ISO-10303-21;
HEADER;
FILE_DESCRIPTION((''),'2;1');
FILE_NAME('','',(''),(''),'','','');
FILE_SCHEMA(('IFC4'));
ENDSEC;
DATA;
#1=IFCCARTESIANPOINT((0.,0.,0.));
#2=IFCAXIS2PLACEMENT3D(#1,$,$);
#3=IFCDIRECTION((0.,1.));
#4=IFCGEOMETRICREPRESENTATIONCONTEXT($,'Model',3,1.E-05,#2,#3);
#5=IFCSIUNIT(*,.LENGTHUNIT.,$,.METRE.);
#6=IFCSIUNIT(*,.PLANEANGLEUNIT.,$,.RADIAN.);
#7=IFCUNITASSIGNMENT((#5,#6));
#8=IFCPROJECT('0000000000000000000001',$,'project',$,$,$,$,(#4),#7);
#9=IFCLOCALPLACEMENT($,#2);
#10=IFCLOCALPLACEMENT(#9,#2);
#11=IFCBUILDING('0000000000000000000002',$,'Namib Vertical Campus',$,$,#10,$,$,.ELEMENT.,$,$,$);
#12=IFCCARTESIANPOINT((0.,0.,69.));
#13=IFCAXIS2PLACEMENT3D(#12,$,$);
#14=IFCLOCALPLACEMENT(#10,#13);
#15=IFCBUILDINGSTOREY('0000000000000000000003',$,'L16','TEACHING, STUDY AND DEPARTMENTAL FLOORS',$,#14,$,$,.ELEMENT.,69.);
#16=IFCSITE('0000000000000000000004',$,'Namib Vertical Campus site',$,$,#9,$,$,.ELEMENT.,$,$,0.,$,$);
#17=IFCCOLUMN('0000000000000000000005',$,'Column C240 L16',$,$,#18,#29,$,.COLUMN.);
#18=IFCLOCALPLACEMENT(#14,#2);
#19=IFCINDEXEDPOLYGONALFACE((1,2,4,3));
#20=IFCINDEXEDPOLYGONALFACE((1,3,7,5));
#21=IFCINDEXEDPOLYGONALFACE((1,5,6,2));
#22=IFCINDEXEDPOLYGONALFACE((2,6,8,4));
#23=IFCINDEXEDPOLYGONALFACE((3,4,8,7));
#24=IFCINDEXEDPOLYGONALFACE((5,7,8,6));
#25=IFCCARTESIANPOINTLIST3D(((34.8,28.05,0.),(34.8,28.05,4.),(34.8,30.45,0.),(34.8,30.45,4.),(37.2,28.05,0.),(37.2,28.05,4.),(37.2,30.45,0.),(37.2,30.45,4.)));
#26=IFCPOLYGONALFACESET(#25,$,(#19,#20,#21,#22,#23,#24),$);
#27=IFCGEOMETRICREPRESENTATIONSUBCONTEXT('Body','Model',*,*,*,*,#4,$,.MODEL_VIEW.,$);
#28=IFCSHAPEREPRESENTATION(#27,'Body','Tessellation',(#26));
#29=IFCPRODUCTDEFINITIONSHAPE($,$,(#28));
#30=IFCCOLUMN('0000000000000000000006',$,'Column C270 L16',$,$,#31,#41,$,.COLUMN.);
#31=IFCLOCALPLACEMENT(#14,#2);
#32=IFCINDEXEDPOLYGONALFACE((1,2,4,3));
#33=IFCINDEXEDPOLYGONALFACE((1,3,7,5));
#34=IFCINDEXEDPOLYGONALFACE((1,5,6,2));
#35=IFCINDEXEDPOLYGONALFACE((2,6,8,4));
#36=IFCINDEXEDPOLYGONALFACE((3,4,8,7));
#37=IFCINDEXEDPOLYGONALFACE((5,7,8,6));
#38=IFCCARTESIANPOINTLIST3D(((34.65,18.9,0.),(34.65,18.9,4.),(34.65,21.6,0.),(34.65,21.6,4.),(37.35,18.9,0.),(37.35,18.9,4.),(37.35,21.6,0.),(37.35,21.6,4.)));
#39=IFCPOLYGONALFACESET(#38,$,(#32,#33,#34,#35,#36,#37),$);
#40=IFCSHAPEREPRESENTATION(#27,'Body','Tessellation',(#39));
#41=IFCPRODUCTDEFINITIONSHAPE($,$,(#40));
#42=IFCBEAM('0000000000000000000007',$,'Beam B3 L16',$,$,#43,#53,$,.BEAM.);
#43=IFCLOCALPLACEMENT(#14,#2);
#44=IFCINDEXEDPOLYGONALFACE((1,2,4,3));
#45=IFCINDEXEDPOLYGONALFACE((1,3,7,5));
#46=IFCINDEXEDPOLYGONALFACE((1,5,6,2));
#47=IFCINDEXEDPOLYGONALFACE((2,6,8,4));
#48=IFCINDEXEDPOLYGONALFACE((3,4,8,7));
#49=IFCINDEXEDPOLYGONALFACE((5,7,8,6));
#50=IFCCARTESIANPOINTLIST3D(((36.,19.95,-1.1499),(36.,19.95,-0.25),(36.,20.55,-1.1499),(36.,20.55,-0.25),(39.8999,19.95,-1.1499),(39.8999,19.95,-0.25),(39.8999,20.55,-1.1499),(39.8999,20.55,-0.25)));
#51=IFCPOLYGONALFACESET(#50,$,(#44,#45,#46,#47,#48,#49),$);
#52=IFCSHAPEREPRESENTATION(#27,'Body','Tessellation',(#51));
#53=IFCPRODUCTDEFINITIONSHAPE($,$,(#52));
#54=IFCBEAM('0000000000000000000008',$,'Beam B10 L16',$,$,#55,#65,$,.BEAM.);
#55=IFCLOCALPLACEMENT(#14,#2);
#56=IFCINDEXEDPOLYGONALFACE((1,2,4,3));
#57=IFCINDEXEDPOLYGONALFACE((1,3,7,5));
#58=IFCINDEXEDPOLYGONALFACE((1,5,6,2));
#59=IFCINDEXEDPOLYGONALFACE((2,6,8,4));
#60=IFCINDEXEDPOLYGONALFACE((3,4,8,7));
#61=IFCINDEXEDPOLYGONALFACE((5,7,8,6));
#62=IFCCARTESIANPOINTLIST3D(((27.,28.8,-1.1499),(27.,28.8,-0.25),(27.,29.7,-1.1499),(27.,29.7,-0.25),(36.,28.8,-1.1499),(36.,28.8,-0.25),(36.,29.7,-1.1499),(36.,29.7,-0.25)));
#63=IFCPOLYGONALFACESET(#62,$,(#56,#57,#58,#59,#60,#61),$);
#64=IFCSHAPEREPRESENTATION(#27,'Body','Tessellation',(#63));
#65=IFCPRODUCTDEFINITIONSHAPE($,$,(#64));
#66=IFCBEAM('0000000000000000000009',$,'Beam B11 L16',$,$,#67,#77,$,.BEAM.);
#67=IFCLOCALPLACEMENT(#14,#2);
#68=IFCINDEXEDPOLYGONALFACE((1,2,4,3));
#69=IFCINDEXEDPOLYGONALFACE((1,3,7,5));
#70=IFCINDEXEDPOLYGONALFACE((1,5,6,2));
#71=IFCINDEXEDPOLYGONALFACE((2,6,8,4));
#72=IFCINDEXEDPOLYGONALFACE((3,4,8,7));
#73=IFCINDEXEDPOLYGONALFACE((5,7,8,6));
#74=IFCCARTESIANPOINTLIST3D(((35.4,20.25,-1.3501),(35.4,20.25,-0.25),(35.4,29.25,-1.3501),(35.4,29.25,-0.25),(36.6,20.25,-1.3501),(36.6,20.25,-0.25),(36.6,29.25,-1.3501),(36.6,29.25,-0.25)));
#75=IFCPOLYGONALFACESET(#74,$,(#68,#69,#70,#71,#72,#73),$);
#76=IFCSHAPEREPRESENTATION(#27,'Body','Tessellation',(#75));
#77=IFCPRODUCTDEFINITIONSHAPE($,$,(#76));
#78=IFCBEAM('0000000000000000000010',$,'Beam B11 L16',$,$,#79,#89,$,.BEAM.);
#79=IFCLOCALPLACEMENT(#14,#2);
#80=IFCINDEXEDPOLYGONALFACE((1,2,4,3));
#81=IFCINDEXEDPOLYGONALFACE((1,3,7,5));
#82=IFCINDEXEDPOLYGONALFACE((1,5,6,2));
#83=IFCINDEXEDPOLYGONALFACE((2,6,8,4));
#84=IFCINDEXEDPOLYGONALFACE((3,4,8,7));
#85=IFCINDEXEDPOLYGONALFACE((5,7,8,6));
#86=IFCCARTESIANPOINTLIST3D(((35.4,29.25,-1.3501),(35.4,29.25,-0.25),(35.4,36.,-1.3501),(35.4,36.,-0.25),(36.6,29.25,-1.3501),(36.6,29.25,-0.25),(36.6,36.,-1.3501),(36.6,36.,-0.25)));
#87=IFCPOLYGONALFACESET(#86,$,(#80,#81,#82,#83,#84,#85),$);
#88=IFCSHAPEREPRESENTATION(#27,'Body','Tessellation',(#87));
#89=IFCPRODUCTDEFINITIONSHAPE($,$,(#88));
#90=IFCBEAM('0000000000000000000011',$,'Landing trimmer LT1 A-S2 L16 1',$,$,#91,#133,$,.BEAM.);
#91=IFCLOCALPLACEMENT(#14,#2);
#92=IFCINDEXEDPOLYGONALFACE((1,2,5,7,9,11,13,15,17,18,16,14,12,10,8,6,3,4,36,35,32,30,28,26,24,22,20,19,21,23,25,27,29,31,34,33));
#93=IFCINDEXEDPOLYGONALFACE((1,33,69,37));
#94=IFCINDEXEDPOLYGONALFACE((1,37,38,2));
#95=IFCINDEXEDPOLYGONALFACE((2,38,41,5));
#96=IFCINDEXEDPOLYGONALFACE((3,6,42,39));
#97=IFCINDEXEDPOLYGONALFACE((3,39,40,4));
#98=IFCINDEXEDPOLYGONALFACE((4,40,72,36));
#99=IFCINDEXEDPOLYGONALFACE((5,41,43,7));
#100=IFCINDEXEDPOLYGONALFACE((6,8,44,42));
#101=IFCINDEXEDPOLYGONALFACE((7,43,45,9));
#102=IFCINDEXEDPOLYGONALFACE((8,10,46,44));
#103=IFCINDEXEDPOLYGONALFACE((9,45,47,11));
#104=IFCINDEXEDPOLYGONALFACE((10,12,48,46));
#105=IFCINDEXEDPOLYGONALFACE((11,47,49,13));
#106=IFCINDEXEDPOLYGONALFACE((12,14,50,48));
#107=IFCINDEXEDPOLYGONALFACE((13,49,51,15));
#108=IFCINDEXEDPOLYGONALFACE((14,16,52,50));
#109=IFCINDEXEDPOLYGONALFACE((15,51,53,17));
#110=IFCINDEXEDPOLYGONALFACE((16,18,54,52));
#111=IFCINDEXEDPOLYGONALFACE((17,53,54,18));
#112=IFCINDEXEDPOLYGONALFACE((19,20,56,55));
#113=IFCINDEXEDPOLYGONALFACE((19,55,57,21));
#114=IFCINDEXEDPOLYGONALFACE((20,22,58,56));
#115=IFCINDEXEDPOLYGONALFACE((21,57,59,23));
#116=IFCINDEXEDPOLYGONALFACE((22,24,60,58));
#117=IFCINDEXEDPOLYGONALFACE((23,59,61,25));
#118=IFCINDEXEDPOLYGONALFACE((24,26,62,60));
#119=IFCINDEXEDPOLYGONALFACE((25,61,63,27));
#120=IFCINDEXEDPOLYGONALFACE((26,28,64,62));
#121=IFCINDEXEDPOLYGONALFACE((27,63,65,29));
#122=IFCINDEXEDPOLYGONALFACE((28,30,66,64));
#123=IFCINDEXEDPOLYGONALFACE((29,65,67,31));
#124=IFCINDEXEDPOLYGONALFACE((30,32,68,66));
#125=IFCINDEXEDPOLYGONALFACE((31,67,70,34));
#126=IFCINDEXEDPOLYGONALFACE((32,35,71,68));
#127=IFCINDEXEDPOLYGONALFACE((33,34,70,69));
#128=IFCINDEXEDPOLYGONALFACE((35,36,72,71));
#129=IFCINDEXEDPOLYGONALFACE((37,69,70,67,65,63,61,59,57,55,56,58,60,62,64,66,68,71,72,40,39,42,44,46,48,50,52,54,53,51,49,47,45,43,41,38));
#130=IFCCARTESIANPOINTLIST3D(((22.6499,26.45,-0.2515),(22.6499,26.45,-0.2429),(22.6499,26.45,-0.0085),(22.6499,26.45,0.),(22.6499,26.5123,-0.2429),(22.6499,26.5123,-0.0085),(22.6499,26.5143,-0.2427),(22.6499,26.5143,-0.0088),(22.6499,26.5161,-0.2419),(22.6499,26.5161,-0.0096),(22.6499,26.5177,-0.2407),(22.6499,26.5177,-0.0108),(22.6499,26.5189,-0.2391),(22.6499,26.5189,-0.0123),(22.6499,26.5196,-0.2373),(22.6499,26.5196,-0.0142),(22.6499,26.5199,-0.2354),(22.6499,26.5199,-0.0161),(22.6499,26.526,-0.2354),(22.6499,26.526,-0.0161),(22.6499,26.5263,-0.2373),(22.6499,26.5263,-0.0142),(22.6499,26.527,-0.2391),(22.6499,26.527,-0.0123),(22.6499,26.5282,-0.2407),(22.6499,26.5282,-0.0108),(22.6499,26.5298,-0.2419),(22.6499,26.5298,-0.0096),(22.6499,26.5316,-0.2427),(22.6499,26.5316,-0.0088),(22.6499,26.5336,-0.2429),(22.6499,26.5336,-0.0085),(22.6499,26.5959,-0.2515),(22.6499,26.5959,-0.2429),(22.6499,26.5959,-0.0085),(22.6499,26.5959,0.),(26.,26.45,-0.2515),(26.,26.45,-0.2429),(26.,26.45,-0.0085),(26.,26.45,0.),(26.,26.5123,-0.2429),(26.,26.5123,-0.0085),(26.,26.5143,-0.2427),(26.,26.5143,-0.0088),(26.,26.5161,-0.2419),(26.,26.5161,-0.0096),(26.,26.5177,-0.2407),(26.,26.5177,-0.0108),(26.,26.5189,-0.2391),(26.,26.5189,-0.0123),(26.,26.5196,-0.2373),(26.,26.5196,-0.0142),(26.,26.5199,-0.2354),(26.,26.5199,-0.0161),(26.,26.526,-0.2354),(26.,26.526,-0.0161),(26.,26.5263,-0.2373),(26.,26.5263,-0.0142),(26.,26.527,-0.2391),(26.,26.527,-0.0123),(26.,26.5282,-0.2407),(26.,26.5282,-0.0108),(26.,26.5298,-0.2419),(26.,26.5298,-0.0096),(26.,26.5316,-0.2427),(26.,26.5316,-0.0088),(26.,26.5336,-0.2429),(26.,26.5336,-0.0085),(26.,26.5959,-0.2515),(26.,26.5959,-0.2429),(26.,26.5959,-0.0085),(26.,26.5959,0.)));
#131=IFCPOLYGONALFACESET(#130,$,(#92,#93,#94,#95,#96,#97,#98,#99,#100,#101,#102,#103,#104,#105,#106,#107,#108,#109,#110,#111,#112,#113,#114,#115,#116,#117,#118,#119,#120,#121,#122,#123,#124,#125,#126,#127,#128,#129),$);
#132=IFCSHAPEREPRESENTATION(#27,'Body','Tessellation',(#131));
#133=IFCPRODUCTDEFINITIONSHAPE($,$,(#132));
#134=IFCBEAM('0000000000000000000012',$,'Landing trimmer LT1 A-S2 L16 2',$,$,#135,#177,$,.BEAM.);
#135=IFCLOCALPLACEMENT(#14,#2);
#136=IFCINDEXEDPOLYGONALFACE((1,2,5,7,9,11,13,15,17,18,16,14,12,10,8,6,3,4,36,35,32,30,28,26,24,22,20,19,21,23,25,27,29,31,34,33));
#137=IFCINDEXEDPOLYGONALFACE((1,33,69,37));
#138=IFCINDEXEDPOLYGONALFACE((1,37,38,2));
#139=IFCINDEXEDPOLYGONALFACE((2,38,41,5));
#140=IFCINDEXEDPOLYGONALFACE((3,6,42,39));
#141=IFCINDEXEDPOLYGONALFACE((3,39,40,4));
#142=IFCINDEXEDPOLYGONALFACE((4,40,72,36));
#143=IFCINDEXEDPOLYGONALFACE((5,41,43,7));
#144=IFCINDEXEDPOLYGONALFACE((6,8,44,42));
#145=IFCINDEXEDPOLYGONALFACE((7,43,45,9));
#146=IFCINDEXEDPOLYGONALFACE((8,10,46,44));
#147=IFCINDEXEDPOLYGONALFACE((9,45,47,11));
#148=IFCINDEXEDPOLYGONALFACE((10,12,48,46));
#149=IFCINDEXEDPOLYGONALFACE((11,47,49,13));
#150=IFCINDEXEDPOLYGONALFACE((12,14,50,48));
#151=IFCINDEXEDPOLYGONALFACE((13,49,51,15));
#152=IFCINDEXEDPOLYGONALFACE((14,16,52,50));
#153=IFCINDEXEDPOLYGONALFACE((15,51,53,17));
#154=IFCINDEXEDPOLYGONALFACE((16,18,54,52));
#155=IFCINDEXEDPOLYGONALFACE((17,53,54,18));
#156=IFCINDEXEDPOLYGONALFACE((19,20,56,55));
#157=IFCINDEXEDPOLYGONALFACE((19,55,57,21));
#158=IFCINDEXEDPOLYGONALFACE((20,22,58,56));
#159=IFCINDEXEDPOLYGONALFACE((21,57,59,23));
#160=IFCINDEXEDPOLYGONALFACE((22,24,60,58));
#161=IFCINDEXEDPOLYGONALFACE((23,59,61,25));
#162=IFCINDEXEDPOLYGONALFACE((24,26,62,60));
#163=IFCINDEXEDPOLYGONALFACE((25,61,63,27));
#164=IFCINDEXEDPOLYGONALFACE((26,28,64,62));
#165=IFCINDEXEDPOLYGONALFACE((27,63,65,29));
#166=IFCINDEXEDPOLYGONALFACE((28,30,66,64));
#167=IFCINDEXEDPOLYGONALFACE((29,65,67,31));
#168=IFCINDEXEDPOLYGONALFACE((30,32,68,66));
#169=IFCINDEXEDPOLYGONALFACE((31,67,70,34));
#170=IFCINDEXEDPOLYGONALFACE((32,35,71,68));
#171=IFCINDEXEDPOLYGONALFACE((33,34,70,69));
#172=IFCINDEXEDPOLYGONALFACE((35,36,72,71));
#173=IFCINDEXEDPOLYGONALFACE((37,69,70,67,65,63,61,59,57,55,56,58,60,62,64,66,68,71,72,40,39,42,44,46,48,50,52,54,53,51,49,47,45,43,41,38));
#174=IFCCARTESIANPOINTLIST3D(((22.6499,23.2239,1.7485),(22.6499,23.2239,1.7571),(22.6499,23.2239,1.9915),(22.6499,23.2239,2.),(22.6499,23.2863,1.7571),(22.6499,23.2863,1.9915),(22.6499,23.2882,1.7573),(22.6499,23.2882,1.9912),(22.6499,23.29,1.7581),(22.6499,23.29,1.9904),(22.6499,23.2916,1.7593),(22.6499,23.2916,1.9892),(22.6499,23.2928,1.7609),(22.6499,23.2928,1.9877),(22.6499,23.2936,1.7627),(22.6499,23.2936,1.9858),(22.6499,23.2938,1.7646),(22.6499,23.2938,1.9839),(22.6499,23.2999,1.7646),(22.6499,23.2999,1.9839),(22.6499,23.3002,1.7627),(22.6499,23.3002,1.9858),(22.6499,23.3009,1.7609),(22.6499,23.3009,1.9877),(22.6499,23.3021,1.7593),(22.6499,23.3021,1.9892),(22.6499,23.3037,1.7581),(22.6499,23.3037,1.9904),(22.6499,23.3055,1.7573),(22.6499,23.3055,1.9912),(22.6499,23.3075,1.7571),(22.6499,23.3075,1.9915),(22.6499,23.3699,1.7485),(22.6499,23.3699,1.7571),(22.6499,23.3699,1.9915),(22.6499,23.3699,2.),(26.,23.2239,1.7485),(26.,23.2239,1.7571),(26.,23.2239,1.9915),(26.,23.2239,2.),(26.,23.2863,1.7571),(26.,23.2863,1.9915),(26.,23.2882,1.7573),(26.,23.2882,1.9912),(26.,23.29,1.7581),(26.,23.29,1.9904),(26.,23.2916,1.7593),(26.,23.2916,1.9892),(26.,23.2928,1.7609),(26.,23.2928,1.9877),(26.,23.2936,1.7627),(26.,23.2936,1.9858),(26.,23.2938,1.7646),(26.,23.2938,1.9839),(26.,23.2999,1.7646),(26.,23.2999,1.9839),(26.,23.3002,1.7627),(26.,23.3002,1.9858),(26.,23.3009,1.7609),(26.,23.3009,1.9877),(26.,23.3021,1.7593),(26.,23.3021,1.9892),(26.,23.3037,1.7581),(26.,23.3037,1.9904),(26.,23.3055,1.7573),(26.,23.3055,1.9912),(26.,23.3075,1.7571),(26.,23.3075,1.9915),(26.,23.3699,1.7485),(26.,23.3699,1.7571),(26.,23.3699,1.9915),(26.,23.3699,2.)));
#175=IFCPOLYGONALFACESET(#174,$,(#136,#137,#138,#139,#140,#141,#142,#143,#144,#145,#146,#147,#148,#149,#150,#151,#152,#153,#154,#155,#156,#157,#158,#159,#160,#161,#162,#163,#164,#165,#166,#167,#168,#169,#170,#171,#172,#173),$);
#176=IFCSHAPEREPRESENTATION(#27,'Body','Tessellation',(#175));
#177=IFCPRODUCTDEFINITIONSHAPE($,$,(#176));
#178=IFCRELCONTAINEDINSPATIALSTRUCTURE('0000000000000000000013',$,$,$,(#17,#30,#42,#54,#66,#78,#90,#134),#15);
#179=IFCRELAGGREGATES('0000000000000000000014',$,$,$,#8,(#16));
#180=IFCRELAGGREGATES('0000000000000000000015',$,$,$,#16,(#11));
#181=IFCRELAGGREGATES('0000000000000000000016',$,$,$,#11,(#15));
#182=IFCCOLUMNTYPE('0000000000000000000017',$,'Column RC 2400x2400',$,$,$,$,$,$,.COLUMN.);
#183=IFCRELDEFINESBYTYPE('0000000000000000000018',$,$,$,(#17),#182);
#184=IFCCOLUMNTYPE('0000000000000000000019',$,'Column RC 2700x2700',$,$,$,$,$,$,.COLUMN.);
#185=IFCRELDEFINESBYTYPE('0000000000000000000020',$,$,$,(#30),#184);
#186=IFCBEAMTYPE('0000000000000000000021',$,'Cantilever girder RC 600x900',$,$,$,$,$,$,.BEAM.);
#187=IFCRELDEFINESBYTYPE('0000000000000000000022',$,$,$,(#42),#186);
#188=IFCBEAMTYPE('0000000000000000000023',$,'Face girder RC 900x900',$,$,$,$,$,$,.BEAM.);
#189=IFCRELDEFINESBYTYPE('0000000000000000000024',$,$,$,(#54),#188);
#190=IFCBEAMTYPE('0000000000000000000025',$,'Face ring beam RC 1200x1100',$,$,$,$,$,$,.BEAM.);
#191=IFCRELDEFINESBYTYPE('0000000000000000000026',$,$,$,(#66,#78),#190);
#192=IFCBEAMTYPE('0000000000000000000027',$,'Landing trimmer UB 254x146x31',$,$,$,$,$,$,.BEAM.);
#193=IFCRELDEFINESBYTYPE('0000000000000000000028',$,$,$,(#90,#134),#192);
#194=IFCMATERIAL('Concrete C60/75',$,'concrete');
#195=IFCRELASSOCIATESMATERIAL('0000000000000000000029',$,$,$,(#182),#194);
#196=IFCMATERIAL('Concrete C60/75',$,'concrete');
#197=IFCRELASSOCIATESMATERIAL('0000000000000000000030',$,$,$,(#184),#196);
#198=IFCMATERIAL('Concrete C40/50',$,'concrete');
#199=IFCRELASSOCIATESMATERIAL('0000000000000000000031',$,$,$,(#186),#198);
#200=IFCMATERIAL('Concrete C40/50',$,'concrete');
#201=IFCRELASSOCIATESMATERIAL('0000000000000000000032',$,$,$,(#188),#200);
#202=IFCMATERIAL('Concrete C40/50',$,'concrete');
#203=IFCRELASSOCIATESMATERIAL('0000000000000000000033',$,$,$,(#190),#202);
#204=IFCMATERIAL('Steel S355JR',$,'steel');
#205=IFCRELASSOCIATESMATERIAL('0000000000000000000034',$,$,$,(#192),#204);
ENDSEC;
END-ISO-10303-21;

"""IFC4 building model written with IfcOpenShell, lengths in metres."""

from ifc_helpers import new_model, si_unit, direction, frame, origin, origin_2d, place, context, subcontext, project, spatial, rectangle, i_section, extrude, material, material_profile, profile_set, type_object, element, save


model = new_model("IFC4")

# Units and contexts
model_context = context("Model", 3, precision=1e-05, world=origin(), true_north=direction((0.0, 1.0)))
body_context = subcontext(model_context, "Body", "Model", "MODEL_VIEW")
ifc_project = project(units=[si_unit("LENGTHUNIT", "METRE"), si_unit("PLANEANGLEUNIT", "RADIAN")], contexts=[model_context])

# Site, building, storey
site_placement = place(None, origin())
site = spatial("IfcSite", under=ifc_project, at=site_placement, Name="Namib Vertical Campus site", CompositionType="ELEMENT", RefElevation=0.0)
building_placement = place(site_placement, origin())
building = spatial("IfcBuilding", under=site, at=building_placement, Name="Namib Vertical Campus", CompositionType="ELEMENT")
storey_placement = place(building_placement, frame((0.0, 0.0, 69.0)))
storey = spatial("IfcBuildingStorey", under=building, at=storey_placement, Name="L16", Description="TEACHING, STUDY AND DEPARTMENTAL FLOORS", CompositionType="ELEMENT", Elevation=69.0)

# Columns
ifc_material_1 = material(Name="Concrete C60/75", Category="concrete")
ifc_material_profile_1 = material_profile(ifc_material_1, rectangle(XDim=2.3999, YDim=2.3999, at=origin_2d()))
ifc_profile_set_1 = profile_set([ifc_material_profile_1], Name="Concrete C60/75")
column_type_1 = type_object("IfcColumnType", Name="Column RC 2400x2400", PredefinedType="COLUMN", material=ifc_profile_set_1)
column_1_placement = place(storey_placement, frame((36.0, 29.25, 0.0), z_axis=(0.0, 0.0, 1.0), x_axis=(1.0, 0.0, 0.0)))
element("IfcColumn", 1, at=column_1_placement, inside=storey, type_object=column_type_1, Name="Column C240 L16", PredefinedType="COLUMN", context=body_context, shape_type="SweptSolid", body=[
    extrude(rectangle(XDim=2.3999, YDim=2.3999, at=origin_2d()), origin(), (0.0, 0.0, 1.0), 4.0),
])
ifc_material_2 = material(Name="Concrete C60/75", Category="concrete")
ifc_material_profile_2 = material_profile(ifc_material_2, rectangle(XDim=2.7, YDim=2.7, at=origin_2d()))
ifc_profile_set_2 = profile_set([ifc_material_profile_2], Name="Concrete C60/75")
column_type_2 = type_object("IfcColumnType", Name="Column RC 2700x2700", PredefinedType="COLUMN", material=ifc_profile_set_2)
column_2_placement = place(storey_placement, frame((36.0, 20.25, 0.0), z_axis=(0.0, 0.0, 1.0), x_axis=(1.0, 0.0, 0.0)))
element("IfcColumn", 2, at=column_2_placement, inside=storey, type_object=column_type_2, Name="Column C270 L16", PredefinedType="COLUMN", context=body_context, shape_type="SweptSolid", body=[
    extrude(rectangle(XDim=2.7, YDim=2.7, at=origin_2d()), origin(), (0.0, 0.0, 1.0), 4.0),
])

# Beams
ifc_material_3 = material(Name="Concrete C40/50", Category="concrete")
ifc_material_profile_3 = material_profile(ifc_material_3, rectangle(XDim=0.6001, YDim=0.8999, at=origin_2d()))
ifc_profile_set_3 = profile_set([ifc_material_profile_3], Name="Concrete C40/50")
beam_type_1 = type_object("IfcBeamType", Name="Cantilever girder RC 600x900", PredefinedType="BEAM", material=ifc_profile_set_3)
beam_1_placement = place(storey_placement, frame((36.0, 20.25, -0.7), z_axis=(1.0, 0.0, 0.0), x_axis=(0.0, 1.0, 0.0)))
element("IfcBeam", 3, at=beam_1_placement, inside=storey, type_object=beam_type_1, Name="Beam B3 L16", PredefinedType="BEAM", context=body_context, shape_type="SweptSolid", body=[
    extrude(rectangle(XDim=0.6001, YDim=0.8999, at=origin_2d()), origin(), (0.0, 0.0, 1.0), 3.8999),
])
ifc_material_4 = material(Name="Concrete C40/50", Category="concrete")
ifc_material_profile_4 = material_profile(ifc_material_4, rectangle(XDim=0.8999, YDim=0.8999, at=origin_2d()))
ifc_profile_set_4 = profile_set([ifc_material_profile_4], Name="Concrete C40/50")
beam_type_2 = type_object("IfcBeamType", Name="Face girder RC 900x900", PredefinedType="BEAM", material=ifc_profile_set_4)
beam_2_placement = place(storey_placement, frame((36.0, 29.25, -0.7), z_axis=(-1.0, 0.0, 0.0), x_axis=(0.0, -1.0, 0.0)))
element("IfcBeam", 4, at=beam_2_placement, inside=storey, type_object=beam_type_2, Name="Beam B10 L16", PredefinedType="BEAM", context=body_context, shape_type="SweptSolid", body=[
    extrude(rectangle(XDim=0.8999, YDim=0.8999, at=origin_2d()), origin(), (0.0, 0.0, 1.0), 9.0),
])
ifc_material_5 = material(Name="Concrete C40/50", Category="concrete")
ifc_material_profile_5 = material_profile(ifc_material_5, rectangle(XDim=1.2, YDim=1.1001, at=origin_2d()))
ifc_profile_set_5 = profile_set([ifc_material_profile_5], Name="Concrete C40/50")
beam_type_3 = type_object("IfcBeamType", Name="Face ring beam RC 1200x1100", PredefinedType="BEAM", material=ifc_profile_set_5)
beam_3_placement = place(storey_placement, frame((36.0, 20.25, -0.8), z_axis=(0.0, 1.0, 0.0), x_axis=(-1.0, 0.0, 0.0)))
element("IfcBeam", 5, at=beam_3_placement, inside=storey, type_object=beam_type_3, Name="Beam B11 L16", PredefinedType="BEAM", context=body_context, shape_type="SweptSolid", body=[
    extrude(rectangle(XDim=1.2, YDim=1.1001, at=origin_2d()), origin(), (0.0, 0.0, 1.0), 9.0),
])
beam_4_placement = place(storey_placement, frame((36.0, 29.25, -0.8), z_axis=(0.0, 1.0, 0.0), x_axis=(-1.0, 0.0, 0.0)))
element("IfcBeam", 6, at=beam_4_placement, inside=storey, type_object=beam_type_3, Name="Beam B11 L16", PredefinedType="BEAM", context=body_context, shape_type="SweptSolid", body=[
    extrude(rectangle(XDim=1.2, YDim=1.1001, at=origin_2d()), origin(), (0.0, 0.0, 1.0), 6.75),
])
ifc_material_6 = material(Name="Steel S355JR", Category="steel")
ifc_material_profile_6 = material_profile(ifc_material_6, i_section(OverallWidth=0.146, OverallDepth=0.2515, WebThickness=0.0061, FlangeThickness=0.0085, FilletRadius=0.0076, at=origin_2d()))
ifc_profile_set_6 = profile_set([ifc_material_profile_6], Name="Steel S355JR")
beam_type_4 = type_object("IfcBeamType", Name="Landing trimmer UB 254x146x31", PredefinedType="BEAM", material=ifc_profile_set_6)
for number, where, z_axis, x_axis, name in (
    (7, (22.6499, 26.5229, -0.1257), (1.0, 0.0, 0.0), (0.0, 1.0, 0.0), "Landing trimmer LT1 A-S2 L16 1"),
    (8, (22.6499, 23.2969, 1.8743), (1.0, 0.0, 0.0), (0.0, 1.0, 0.0), "Landing trimmer LT1 A-S2 L16 2"),
):
    element("IfcBeam", number, at=place(storey_placement, frame(where, z_axis=z_axis, x_axis=x_axis)), inside=storey, type_object=beam_type_4, Name=name, PredefinedType="BEAM", context=body_context, shape_type="SweptSolid", body=[
        extrude(i_section(OverallWidth=0.146, OverallDepth=0.2515, WebThickness=0.0061, FlangeThickness=0.0085, FilletRadius=0.0076, at=origin_2d()), origin(), (0.0, 0.0, 1.0), 3.3501),
    ])

save(model, "model.ifc")
